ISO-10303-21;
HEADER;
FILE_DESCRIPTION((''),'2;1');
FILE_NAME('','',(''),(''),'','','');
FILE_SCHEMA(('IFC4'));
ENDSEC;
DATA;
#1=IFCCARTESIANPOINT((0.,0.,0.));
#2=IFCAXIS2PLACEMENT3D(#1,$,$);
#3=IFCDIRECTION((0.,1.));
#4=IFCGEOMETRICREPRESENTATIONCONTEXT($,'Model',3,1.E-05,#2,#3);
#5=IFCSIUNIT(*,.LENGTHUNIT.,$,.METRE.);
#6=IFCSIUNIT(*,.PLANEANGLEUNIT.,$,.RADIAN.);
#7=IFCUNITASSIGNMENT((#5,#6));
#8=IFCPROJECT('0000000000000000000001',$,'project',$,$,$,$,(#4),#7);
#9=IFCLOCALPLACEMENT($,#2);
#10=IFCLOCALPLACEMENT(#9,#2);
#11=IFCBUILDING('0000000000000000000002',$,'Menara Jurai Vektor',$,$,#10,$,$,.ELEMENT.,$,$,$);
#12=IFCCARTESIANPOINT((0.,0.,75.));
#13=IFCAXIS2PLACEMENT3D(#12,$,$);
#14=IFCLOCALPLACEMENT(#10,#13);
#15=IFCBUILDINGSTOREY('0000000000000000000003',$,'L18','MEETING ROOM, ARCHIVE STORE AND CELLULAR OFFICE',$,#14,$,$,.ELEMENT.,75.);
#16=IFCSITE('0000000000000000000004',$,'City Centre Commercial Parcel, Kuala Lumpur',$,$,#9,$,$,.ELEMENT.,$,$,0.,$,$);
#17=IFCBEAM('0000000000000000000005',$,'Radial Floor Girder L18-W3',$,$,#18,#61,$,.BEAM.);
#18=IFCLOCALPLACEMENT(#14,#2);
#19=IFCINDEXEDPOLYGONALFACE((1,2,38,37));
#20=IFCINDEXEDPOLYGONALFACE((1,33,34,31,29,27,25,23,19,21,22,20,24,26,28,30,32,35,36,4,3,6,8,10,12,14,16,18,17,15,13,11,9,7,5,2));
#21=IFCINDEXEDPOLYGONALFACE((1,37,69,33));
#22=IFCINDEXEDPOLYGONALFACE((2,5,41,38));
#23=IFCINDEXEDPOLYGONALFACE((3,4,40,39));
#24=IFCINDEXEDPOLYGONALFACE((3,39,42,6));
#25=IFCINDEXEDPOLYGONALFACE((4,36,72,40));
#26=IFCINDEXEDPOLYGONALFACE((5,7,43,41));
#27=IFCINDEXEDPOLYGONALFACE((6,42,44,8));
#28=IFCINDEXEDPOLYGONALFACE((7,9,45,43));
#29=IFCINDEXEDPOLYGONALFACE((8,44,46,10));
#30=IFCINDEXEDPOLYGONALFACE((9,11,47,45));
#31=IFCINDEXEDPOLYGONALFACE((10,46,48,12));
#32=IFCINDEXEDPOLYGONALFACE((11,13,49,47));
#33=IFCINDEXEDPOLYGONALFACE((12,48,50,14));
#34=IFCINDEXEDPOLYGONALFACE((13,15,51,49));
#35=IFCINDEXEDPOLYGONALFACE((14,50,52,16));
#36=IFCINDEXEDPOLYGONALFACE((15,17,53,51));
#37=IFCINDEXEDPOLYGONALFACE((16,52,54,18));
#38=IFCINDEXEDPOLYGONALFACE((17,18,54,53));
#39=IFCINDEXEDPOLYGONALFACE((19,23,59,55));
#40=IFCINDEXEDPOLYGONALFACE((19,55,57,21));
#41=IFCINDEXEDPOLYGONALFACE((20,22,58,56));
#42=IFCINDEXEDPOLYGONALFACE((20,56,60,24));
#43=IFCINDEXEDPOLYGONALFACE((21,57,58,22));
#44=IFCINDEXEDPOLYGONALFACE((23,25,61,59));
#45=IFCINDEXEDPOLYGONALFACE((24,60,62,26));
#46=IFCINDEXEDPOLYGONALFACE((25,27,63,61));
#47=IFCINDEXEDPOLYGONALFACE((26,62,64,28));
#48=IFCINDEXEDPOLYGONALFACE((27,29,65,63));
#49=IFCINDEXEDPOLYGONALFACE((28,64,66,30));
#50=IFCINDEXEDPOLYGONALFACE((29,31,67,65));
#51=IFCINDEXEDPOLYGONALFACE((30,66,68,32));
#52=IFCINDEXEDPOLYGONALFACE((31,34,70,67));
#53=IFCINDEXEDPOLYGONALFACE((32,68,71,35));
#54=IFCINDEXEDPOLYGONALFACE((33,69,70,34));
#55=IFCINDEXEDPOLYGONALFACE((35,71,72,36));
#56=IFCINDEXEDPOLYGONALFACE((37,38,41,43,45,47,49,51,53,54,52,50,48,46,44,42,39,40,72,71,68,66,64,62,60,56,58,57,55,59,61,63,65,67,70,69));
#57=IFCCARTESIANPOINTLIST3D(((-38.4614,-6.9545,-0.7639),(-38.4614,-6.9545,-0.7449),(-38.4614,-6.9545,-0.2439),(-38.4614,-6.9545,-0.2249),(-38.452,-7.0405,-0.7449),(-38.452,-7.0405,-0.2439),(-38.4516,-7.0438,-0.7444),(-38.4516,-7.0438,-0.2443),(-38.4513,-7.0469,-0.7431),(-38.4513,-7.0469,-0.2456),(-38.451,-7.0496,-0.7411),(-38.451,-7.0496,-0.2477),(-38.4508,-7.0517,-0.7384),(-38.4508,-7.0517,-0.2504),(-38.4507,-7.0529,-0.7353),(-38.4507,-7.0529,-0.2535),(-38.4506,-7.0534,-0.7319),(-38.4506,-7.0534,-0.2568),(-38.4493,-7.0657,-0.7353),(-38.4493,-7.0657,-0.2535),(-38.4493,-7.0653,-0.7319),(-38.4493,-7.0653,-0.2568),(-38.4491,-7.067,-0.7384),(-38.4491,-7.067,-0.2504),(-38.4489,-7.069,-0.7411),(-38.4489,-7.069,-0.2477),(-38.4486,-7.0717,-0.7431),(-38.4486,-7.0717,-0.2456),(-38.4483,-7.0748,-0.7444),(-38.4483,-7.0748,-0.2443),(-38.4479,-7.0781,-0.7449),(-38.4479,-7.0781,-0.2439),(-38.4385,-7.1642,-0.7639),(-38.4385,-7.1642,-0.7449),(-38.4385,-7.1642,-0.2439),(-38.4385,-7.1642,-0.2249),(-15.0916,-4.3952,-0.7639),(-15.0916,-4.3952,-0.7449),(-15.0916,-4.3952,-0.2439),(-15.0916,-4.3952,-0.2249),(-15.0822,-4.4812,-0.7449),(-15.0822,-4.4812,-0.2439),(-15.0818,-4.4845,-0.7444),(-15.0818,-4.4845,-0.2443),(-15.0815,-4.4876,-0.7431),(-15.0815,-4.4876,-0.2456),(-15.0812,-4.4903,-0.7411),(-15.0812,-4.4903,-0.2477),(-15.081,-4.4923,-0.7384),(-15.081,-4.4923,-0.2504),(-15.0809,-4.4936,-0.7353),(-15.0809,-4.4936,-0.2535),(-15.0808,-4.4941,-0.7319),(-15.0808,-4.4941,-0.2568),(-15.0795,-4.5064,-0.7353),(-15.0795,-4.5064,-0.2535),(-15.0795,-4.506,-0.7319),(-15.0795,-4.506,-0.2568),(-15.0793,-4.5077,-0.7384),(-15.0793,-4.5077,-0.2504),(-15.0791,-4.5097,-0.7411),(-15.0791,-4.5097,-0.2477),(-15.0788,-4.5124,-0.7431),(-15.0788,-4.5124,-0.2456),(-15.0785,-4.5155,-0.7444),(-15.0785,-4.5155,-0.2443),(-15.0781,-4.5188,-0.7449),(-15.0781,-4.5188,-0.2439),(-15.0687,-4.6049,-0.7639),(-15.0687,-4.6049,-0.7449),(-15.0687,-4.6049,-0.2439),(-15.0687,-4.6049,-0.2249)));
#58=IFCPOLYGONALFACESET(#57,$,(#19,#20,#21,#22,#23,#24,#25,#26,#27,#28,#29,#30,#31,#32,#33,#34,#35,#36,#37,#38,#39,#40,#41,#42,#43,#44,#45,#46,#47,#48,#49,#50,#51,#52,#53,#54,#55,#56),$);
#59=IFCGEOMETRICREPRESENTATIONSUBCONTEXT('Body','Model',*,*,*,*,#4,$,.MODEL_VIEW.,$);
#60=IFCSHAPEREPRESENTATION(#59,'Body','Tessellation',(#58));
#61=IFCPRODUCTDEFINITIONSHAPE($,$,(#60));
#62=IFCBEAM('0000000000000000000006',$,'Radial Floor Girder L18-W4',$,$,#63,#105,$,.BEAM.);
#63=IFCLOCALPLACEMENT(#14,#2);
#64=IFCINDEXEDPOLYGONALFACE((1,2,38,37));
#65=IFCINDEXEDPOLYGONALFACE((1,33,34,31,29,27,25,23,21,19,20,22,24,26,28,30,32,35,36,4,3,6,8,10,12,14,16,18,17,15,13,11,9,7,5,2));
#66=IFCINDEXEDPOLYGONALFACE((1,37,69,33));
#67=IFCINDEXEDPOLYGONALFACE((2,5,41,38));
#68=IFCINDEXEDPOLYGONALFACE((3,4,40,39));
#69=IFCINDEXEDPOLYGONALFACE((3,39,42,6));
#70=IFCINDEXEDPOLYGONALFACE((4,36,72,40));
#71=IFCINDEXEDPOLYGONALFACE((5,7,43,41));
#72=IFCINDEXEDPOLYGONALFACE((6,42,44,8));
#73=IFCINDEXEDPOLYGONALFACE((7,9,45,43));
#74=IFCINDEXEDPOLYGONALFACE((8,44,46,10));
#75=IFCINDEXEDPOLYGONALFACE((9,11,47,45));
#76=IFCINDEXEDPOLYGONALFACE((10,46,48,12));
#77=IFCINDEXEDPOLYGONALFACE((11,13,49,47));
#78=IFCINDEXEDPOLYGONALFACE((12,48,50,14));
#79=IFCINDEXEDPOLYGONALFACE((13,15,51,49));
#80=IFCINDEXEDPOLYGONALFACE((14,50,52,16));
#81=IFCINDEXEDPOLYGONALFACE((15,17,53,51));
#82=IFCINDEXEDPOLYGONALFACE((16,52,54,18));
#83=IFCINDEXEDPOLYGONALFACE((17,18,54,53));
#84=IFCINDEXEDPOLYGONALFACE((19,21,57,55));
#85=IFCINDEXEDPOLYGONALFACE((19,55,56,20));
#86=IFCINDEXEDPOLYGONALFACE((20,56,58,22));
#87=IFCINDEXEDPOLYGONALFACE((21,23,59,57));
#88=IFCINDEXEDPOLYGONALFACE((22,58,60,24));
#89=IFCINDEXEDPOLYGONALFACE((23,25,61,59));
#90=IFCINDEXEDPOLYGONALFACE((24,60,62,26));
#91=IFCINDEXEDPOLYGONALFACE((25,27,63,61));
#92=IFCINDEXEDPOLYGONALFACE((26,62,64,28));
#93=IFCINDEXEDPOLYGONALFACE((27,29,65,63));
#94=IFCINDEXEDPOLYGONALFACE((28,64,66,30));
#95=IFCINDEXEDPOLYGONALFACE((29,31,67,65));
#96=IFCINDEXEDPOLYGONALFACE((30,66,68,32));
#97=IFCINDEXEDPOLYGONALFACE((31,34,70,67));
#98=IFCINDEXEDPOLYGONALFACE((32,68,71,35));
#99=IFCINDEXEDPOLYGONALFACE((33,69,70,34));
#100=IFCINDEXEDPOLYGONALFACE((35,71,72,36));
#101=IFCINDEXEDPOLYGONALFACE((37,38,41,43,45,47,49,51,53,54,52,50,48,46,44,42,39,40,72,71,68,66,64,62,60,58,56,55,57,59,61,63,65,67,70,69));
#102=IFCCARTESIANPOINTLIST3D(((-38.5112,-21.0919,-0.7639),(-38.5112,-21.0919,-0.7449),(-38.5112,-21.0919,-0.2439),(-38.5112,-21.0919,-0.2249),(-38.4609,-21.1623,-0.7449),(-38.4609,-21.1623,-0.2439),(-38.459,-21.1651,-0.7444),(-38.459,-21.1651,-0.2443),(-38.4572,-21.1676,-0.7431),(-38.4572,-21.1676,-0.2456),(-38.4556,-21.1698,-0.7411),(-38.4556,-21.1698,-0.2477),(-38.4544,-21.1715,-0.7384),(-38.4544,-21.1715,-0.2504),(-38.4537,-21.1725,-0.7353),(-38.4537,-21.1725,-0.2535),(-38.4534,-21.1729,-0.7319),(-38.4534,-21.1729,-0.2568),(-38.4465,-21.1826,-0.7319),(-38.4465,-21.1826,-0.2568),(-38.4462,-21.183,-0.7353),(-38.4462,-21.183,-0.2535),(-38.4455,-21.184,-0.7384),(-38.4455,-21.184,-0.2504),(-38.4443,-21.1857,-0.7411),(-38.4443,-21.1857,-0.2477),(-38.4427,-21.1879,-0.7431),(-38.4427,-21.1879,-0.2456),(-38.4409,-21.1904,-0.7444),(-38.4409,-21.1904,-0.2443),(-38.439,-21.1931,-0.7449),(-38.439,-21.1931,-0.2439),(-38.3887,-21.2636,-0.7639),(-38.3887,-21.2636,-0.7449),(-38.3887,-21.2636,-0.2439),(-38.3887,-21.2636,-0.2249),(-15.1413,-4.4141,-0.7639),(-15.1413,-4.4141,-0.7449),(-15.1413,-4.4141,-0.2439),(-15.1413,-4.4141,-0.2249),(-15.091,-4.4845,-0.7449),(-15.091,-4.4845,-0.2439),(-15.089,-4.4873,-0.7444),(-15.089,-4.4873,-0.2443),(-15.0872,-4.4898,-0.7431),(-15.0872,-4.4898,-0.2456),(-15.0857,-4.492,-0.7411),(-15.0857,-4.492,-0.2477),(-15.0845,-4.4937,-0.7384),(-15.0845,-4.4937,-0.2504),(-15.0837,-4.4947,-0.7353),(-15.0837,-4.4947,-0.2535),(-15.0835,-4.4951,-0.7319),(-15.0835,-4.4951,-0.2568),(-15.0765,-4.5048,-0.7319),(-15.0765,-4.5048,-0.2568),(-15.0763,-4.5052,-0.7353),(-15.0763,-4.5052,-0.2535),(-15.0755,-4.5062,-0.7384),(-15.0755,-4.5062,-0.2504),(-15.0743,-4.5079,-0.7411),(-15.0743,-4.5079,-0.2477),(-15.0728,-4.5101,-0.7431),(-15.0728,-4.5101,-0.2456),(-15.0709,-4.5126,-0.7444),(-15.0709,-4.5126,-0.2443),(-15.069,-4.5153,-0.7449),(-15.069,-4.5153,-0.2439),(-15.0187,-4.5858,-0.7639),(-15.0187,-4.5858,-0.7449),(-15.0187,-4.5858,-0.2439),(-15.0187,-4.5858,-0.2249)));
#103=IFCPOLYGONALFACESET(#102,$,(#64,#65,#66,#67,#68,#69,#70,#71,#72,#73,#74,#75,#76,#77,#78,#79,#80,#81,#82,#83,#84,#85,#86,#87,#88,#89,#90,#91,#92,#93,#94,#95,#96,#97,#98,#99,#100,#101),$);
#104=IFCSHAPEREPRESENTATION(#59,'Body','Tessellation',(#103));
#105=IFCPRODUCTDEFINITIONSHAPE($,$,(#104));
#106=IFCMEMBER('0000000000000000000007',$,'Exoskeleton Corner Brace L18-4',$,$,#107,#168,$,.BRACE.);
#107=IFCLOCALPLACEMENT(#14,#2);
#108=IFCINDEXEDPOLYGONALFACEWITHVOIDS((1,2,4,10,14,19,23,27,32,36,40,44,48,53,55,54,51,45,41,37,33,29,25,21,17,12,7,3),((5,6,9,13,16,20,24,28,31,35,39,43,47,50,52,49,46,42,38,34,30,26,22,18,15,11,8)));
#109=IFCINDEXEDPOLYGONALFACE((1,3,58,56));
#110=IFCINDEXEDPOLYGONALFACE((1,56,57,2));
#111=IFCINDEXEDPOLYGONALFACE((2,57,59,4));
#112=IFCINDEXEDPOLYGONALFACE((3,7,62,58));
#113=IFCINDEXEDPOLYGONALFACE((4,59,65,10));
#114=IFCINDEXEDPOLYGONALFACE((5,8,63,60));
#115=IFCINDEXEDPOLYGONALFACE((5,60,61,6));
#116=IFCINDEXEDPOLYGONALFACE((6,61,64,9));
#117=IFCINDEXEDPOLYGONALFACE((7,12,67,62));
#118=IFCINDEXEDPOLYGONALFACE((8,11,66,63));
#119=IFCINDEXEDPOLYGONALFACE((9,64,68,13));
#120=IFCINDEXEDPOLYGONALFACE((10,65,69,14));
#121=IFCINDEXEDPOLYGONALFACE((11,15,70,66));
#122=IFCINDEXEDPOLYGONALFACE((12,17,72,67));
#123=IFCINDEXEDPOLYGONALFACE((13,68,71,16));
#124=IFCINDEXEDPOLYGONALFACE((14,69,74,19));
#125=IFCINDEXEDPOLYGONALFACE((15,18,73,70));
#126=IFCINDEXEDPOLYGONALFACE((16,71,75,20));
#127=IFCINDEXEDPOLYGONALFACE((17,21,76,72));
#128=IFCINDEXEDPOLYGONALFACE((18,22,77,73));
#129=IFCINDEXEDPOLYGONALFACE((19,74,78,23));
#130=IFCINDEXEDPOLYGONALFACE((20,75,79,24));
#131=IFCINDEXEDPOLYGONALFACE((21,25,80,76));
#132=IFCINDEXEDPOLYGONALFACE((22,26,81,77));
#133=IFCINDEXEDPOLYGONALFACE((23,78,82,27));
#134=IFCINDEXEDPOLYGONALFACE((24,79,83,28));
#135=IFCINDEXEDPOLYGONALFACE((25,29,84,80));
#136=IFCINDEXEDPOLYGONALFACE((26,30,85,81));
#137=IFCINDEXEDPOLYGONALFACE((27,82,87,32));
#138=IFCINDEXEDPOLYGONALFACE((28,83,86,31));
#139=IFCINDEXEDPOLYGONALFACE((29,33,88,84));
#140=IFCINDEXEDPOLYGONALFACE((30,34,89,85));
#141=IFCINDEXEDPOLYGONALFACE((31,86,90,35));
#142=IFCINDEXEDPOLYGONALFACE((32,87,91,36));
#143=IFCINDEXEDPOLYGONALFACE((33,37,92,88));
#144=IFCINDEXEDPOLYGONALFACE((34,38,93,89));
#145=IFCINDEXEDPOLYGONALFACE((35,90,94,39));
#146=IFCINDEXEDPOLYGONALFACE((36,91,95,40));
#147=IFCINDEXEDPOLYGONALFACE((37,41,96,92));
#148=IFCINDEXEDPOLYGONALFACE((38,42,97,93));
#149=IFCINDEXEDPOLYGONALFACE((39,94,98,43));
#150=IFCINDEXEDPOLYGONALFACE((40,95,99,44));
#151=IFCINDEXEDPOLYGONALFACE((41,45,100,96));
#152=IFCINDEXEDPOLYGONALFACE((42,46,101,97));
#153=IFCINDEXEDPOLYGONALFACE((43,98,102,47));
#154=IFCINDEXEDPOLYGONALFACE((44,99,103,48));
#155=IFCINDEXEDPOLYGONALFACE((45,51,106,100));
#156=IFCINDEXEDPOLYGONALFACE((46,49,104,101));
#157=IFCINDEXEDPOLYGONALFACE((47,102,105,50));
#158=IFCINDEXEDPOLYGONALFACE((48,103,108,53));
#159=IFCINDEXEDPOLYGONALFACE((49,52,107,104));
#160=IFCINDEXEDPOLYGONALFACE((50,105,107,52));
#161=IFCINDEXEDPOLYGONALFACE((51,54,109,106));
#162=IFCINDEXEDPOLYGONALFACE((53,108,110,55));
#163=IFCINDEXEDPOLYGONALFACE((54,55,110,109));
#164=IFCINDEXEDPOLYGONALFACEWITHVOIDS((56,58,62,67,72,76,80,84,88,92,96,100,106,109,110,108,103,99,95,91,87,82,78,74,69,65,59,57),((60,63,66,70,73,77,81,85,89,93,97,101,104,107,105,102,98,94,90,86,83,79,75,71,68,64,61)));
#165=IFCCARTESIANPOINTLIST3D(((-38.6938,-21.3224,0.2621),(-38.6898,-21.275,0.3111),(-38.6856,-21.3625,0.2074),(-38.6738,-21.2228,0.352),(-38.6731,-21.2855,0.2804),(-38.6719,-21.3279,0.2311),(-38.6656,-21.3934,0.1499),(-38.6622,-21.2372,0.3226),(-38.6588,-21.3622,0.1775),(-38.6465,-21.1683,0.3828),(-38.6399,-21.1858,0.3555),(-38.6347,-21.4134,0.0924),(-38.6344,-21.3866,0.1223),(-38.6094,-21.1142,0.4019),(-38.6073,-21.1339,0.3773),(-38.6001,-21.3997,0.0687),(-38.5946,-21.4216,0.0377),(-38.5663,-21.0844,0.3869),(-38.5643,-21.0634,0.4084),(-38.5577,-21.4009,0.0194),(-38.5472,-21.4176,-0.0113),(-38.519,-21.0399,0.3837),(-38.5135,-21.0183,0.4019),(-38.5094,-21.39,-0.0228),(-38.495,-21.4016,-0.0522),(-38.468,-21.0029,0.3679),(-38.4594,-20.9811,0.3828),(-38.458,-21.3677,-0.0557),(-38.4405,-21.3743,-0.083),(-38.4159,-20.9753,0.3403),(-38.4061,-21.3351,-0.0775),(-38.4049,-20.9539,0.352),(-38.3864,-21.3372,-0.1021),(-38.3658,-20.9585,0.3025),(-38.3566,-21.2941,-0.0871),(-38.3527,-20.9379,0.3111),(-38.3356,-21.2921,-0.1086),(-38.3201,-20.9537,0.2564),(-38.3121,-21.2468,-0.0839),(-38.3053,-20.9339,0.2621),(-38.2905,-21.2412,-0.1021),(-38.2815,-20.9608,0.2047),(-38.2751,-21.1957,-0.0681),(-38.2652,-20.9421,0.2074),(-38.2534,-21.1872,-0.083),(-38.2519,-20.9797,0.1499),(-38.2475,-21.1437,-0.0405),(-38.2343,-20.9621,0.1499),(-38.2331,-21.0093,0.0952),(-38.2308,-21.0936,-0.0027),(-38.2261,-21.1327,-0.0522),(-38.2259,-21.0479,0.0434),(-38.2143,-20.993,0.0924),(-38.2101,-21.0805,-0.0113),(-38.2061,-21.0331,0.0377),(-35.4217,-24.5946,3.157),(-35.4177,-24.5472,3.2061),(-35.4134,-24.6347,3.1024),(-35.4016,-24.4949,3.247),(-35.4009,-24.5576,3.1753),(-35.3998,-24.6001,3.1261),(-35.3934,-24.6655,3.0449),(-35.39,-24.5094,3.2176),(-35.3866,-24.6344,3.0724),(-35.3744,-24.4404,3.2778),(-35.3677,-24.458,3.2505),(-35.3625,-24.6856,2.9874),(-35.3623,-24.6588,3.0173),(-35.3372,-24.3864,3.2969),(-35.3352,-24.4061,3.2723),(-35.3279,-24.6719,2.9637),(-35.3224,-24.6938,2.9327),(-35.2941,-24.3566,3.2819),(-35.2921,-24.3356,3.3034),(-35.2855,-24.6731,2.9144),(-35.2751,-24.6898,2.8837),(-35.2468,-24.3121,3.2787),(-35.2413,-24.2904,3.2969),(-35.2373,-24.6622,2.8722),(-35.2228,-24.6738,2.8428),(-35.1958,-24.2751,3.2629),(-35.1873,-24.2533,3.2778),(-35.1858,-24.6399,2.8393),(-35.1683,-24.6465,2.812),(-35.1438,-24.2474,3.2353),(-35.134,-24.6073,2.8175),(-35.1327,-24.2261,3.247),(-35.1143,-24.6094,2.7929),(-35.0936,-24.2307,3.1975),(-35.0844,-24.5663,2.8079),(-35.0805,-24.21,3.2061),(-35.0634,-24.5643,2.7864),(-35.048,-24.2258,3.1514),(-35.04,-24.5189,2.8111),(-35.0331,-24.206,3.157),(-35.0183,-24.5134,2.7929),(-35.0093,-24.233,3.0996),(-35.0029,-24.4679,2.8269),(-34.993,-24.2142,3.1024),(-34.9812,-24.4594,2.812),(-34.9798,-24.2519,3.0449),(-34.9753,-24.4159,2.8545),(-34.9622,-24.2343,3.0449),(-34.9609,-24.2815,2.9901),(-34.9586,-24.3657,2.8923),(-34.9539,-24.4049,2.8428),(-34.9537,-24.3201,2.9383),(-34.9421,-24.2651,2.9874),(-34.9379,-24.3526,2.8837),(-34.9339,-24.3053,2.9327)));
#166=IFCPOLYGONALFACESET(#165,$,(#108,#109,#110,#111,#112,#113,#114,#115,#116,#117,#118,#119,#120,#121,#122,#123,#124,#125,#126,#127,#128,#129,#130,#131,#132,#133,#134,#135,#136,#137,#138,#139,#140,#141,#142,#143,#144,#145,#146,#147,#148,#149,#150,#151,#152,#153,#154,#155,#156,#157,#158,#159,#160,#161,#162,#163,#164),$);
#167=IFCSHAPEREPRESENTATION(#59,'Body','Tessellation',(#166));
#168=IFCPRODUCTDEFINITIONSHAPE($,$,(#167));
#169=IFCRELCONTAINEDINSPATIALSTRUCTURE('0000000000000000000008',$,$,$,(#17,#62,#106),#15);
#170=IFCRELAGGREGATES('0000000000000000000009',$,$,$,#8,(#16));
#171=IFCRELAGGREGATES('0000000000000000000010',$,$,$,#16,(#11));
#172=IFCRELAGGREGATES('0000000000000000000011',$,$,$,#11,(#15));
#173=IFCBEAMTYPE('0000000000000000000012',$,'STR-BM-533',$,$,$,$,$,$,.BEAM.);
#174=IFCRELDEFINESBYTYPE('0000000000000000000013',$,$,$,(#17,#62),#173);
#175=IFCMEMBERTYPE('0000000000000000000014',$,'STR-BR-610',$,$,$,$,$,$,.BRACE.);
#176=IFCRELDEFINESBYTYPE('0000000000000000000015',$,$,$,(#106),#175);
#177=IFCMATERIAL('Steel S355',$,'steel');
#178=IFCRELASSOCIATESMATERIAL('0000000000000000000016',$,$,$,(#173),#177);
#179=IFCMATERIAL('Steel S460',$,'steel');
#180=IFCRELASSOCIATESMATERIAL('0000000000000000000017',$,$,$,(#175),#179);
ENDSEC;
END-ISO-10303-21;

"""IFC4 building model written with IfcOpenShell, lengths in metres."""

from ifc_helpers import new_model, si_unit, direction, frame, origin, origin_2d, place, context, subcontext, project, spatial, hollow_circle, i_section, extrude, material, material_profile, profile_set, type_object, element, save


model = new_model("IFC4")

# Units and contexts
model_context = context("Model", 3, precision=1e-05, world=origin(), true_north=direction((0.0, 1.0)))
body_context = subcontext(model_context, "Body", "Model", "MODEL_VIEW")
ifc_project = project(units=[si_unit("LENGTHUNIT", "METRE"), si_unit("PLANEANGLEUNIT", "RADIAN")], contexts=[model_context])

# Site, building, storey
site_placement = place(None, origin())
site = spatial("IfcSite", under=ifc_project, at=site_placement, Name="City Centre Commercial Parcel, Kuala Lumpur", CompositionType="ELEMENT", RefElevation=0.0)
building_placement = place(site_placement, origin())
building = spatial("IfcBuilding", under=site, at=building_placement, Name="Menara Jurai Vektor", CompositionType="ELEMENT")
storey_placement = place(building_placement, frame((0.0, 0.0, 75.0)))
storey = spatial("IfcBuildingStorey", under=building, at=storey_placement, Name="L18", Description="MEETING ROOM, ARCHIVE STORE AND CELLULAR OFFICE", CompositionType="ELEMENT", Elevation=75.0)

# Shared definitions
ifc_material_1 = material(Name="Steel S460", Category="steel")

# Beams
ifc_material_2 = material(Name="Steel S355", Category="steel")
ifc_material_profile_1 = material_profile(ifc_material_2, i_section(OverallWidth=0.2109, OverallDepth=0.5391, WebThickness=0.012, FlangeThickness=0.019, FilletRadius=0.0129, at=origin_2d()), Name="UKB 533x210x109")
ifc_profile_set_1 = profile_set([ifc_material_profile_1], Name="Steel S355")
beam_type_1 = type_object("IfcBeamType", Name="STR-BM-533", PredefinedType="BEAM", material=ifc_profile_set_1)
beam_1_placement = place(storey_placement, frame((-38.45, -7.0593, -0.4944), z_axis=(0.994057, 0.108863, 0.0), x_axis=(-0.108863, 0.994057, 0.0)))
element("IfcBeam", 1, at=beam_1_placement, inside=storey, type_object=beam_type_1, Name="Radial Floor Girder L18-W3", PredefinedType="BEAM", context=body_context, shape_type="SweptSolid", body=[
    extrude(i_section(OverallWidth=0.2109, OverallDepth=0.5391, WebThickness=0.012, FlangeThickness=0.019, FilletRadius=0.0129, at=origin_2d()), origin(), (0.0, 0.0, 1.0), 23.5095),
])
beam_2_placement = place(storey_placement, frame((-38.45, -21.1777, -0.4944), z_axis=(0.813981, 0.580891, 0.0), x_axis=(-0.580891, 0.813981, 0.0)))
element("IfcBeam", 2, at=beam_2_placement, inside=storey, type_object=beam_type_1, Name="Radial Floor Girder L18-W4", PredefinedType="BEAM", context=body_context, shape_type="SweptSolid", body=[
    extrude(i_section(OverallWidth=0.2109, OverallDepth=0.5391, WebThickness=0.012, FlangeThickness=0.019, FilletRadius=0.0129, at=origin_2d()), origin(), (0.0, 0.0, 1.0), 28.7107),
])

# Member
ifc_material_profile_2 = material_profile(ifc_material_1, hollow_circle(Radius=0.3049, WallThickness=0.0249, at=origin_2d()), Name="CHS 610x25")
ifc_profile_set_2 = profile_set([ifc_material_profile_2], Name="Steel S460")
member_type_1 = type_object("IfcMemberType", Name="STR-BR-610", PredefinedType="BRACE", material=ifc_profile_set_2)
member_1_placement = place(storey_placement, frame((-38.45, -21.1777, 0.1499), z_axis=(0.599465, -0.599465, 0.530363), x_axis=(0.707107, 0.707107, 0.0)))
element("IfcMember", 3, at=member_1_placement, inside=storey, type_object=member_type_1, Name="Exoskeleton Corner Brace L18-4", PredefinedType="BRACE", context=body_context, shape_type="SweptSolid", body=[
    extrude(hollow_circle(Radius=0.3049, WallThickness=0.0249, at=origin_2d()), origin(), (0.0, 0.0, 1.0), 5.4585),
])

save(model, "model.ifc")
